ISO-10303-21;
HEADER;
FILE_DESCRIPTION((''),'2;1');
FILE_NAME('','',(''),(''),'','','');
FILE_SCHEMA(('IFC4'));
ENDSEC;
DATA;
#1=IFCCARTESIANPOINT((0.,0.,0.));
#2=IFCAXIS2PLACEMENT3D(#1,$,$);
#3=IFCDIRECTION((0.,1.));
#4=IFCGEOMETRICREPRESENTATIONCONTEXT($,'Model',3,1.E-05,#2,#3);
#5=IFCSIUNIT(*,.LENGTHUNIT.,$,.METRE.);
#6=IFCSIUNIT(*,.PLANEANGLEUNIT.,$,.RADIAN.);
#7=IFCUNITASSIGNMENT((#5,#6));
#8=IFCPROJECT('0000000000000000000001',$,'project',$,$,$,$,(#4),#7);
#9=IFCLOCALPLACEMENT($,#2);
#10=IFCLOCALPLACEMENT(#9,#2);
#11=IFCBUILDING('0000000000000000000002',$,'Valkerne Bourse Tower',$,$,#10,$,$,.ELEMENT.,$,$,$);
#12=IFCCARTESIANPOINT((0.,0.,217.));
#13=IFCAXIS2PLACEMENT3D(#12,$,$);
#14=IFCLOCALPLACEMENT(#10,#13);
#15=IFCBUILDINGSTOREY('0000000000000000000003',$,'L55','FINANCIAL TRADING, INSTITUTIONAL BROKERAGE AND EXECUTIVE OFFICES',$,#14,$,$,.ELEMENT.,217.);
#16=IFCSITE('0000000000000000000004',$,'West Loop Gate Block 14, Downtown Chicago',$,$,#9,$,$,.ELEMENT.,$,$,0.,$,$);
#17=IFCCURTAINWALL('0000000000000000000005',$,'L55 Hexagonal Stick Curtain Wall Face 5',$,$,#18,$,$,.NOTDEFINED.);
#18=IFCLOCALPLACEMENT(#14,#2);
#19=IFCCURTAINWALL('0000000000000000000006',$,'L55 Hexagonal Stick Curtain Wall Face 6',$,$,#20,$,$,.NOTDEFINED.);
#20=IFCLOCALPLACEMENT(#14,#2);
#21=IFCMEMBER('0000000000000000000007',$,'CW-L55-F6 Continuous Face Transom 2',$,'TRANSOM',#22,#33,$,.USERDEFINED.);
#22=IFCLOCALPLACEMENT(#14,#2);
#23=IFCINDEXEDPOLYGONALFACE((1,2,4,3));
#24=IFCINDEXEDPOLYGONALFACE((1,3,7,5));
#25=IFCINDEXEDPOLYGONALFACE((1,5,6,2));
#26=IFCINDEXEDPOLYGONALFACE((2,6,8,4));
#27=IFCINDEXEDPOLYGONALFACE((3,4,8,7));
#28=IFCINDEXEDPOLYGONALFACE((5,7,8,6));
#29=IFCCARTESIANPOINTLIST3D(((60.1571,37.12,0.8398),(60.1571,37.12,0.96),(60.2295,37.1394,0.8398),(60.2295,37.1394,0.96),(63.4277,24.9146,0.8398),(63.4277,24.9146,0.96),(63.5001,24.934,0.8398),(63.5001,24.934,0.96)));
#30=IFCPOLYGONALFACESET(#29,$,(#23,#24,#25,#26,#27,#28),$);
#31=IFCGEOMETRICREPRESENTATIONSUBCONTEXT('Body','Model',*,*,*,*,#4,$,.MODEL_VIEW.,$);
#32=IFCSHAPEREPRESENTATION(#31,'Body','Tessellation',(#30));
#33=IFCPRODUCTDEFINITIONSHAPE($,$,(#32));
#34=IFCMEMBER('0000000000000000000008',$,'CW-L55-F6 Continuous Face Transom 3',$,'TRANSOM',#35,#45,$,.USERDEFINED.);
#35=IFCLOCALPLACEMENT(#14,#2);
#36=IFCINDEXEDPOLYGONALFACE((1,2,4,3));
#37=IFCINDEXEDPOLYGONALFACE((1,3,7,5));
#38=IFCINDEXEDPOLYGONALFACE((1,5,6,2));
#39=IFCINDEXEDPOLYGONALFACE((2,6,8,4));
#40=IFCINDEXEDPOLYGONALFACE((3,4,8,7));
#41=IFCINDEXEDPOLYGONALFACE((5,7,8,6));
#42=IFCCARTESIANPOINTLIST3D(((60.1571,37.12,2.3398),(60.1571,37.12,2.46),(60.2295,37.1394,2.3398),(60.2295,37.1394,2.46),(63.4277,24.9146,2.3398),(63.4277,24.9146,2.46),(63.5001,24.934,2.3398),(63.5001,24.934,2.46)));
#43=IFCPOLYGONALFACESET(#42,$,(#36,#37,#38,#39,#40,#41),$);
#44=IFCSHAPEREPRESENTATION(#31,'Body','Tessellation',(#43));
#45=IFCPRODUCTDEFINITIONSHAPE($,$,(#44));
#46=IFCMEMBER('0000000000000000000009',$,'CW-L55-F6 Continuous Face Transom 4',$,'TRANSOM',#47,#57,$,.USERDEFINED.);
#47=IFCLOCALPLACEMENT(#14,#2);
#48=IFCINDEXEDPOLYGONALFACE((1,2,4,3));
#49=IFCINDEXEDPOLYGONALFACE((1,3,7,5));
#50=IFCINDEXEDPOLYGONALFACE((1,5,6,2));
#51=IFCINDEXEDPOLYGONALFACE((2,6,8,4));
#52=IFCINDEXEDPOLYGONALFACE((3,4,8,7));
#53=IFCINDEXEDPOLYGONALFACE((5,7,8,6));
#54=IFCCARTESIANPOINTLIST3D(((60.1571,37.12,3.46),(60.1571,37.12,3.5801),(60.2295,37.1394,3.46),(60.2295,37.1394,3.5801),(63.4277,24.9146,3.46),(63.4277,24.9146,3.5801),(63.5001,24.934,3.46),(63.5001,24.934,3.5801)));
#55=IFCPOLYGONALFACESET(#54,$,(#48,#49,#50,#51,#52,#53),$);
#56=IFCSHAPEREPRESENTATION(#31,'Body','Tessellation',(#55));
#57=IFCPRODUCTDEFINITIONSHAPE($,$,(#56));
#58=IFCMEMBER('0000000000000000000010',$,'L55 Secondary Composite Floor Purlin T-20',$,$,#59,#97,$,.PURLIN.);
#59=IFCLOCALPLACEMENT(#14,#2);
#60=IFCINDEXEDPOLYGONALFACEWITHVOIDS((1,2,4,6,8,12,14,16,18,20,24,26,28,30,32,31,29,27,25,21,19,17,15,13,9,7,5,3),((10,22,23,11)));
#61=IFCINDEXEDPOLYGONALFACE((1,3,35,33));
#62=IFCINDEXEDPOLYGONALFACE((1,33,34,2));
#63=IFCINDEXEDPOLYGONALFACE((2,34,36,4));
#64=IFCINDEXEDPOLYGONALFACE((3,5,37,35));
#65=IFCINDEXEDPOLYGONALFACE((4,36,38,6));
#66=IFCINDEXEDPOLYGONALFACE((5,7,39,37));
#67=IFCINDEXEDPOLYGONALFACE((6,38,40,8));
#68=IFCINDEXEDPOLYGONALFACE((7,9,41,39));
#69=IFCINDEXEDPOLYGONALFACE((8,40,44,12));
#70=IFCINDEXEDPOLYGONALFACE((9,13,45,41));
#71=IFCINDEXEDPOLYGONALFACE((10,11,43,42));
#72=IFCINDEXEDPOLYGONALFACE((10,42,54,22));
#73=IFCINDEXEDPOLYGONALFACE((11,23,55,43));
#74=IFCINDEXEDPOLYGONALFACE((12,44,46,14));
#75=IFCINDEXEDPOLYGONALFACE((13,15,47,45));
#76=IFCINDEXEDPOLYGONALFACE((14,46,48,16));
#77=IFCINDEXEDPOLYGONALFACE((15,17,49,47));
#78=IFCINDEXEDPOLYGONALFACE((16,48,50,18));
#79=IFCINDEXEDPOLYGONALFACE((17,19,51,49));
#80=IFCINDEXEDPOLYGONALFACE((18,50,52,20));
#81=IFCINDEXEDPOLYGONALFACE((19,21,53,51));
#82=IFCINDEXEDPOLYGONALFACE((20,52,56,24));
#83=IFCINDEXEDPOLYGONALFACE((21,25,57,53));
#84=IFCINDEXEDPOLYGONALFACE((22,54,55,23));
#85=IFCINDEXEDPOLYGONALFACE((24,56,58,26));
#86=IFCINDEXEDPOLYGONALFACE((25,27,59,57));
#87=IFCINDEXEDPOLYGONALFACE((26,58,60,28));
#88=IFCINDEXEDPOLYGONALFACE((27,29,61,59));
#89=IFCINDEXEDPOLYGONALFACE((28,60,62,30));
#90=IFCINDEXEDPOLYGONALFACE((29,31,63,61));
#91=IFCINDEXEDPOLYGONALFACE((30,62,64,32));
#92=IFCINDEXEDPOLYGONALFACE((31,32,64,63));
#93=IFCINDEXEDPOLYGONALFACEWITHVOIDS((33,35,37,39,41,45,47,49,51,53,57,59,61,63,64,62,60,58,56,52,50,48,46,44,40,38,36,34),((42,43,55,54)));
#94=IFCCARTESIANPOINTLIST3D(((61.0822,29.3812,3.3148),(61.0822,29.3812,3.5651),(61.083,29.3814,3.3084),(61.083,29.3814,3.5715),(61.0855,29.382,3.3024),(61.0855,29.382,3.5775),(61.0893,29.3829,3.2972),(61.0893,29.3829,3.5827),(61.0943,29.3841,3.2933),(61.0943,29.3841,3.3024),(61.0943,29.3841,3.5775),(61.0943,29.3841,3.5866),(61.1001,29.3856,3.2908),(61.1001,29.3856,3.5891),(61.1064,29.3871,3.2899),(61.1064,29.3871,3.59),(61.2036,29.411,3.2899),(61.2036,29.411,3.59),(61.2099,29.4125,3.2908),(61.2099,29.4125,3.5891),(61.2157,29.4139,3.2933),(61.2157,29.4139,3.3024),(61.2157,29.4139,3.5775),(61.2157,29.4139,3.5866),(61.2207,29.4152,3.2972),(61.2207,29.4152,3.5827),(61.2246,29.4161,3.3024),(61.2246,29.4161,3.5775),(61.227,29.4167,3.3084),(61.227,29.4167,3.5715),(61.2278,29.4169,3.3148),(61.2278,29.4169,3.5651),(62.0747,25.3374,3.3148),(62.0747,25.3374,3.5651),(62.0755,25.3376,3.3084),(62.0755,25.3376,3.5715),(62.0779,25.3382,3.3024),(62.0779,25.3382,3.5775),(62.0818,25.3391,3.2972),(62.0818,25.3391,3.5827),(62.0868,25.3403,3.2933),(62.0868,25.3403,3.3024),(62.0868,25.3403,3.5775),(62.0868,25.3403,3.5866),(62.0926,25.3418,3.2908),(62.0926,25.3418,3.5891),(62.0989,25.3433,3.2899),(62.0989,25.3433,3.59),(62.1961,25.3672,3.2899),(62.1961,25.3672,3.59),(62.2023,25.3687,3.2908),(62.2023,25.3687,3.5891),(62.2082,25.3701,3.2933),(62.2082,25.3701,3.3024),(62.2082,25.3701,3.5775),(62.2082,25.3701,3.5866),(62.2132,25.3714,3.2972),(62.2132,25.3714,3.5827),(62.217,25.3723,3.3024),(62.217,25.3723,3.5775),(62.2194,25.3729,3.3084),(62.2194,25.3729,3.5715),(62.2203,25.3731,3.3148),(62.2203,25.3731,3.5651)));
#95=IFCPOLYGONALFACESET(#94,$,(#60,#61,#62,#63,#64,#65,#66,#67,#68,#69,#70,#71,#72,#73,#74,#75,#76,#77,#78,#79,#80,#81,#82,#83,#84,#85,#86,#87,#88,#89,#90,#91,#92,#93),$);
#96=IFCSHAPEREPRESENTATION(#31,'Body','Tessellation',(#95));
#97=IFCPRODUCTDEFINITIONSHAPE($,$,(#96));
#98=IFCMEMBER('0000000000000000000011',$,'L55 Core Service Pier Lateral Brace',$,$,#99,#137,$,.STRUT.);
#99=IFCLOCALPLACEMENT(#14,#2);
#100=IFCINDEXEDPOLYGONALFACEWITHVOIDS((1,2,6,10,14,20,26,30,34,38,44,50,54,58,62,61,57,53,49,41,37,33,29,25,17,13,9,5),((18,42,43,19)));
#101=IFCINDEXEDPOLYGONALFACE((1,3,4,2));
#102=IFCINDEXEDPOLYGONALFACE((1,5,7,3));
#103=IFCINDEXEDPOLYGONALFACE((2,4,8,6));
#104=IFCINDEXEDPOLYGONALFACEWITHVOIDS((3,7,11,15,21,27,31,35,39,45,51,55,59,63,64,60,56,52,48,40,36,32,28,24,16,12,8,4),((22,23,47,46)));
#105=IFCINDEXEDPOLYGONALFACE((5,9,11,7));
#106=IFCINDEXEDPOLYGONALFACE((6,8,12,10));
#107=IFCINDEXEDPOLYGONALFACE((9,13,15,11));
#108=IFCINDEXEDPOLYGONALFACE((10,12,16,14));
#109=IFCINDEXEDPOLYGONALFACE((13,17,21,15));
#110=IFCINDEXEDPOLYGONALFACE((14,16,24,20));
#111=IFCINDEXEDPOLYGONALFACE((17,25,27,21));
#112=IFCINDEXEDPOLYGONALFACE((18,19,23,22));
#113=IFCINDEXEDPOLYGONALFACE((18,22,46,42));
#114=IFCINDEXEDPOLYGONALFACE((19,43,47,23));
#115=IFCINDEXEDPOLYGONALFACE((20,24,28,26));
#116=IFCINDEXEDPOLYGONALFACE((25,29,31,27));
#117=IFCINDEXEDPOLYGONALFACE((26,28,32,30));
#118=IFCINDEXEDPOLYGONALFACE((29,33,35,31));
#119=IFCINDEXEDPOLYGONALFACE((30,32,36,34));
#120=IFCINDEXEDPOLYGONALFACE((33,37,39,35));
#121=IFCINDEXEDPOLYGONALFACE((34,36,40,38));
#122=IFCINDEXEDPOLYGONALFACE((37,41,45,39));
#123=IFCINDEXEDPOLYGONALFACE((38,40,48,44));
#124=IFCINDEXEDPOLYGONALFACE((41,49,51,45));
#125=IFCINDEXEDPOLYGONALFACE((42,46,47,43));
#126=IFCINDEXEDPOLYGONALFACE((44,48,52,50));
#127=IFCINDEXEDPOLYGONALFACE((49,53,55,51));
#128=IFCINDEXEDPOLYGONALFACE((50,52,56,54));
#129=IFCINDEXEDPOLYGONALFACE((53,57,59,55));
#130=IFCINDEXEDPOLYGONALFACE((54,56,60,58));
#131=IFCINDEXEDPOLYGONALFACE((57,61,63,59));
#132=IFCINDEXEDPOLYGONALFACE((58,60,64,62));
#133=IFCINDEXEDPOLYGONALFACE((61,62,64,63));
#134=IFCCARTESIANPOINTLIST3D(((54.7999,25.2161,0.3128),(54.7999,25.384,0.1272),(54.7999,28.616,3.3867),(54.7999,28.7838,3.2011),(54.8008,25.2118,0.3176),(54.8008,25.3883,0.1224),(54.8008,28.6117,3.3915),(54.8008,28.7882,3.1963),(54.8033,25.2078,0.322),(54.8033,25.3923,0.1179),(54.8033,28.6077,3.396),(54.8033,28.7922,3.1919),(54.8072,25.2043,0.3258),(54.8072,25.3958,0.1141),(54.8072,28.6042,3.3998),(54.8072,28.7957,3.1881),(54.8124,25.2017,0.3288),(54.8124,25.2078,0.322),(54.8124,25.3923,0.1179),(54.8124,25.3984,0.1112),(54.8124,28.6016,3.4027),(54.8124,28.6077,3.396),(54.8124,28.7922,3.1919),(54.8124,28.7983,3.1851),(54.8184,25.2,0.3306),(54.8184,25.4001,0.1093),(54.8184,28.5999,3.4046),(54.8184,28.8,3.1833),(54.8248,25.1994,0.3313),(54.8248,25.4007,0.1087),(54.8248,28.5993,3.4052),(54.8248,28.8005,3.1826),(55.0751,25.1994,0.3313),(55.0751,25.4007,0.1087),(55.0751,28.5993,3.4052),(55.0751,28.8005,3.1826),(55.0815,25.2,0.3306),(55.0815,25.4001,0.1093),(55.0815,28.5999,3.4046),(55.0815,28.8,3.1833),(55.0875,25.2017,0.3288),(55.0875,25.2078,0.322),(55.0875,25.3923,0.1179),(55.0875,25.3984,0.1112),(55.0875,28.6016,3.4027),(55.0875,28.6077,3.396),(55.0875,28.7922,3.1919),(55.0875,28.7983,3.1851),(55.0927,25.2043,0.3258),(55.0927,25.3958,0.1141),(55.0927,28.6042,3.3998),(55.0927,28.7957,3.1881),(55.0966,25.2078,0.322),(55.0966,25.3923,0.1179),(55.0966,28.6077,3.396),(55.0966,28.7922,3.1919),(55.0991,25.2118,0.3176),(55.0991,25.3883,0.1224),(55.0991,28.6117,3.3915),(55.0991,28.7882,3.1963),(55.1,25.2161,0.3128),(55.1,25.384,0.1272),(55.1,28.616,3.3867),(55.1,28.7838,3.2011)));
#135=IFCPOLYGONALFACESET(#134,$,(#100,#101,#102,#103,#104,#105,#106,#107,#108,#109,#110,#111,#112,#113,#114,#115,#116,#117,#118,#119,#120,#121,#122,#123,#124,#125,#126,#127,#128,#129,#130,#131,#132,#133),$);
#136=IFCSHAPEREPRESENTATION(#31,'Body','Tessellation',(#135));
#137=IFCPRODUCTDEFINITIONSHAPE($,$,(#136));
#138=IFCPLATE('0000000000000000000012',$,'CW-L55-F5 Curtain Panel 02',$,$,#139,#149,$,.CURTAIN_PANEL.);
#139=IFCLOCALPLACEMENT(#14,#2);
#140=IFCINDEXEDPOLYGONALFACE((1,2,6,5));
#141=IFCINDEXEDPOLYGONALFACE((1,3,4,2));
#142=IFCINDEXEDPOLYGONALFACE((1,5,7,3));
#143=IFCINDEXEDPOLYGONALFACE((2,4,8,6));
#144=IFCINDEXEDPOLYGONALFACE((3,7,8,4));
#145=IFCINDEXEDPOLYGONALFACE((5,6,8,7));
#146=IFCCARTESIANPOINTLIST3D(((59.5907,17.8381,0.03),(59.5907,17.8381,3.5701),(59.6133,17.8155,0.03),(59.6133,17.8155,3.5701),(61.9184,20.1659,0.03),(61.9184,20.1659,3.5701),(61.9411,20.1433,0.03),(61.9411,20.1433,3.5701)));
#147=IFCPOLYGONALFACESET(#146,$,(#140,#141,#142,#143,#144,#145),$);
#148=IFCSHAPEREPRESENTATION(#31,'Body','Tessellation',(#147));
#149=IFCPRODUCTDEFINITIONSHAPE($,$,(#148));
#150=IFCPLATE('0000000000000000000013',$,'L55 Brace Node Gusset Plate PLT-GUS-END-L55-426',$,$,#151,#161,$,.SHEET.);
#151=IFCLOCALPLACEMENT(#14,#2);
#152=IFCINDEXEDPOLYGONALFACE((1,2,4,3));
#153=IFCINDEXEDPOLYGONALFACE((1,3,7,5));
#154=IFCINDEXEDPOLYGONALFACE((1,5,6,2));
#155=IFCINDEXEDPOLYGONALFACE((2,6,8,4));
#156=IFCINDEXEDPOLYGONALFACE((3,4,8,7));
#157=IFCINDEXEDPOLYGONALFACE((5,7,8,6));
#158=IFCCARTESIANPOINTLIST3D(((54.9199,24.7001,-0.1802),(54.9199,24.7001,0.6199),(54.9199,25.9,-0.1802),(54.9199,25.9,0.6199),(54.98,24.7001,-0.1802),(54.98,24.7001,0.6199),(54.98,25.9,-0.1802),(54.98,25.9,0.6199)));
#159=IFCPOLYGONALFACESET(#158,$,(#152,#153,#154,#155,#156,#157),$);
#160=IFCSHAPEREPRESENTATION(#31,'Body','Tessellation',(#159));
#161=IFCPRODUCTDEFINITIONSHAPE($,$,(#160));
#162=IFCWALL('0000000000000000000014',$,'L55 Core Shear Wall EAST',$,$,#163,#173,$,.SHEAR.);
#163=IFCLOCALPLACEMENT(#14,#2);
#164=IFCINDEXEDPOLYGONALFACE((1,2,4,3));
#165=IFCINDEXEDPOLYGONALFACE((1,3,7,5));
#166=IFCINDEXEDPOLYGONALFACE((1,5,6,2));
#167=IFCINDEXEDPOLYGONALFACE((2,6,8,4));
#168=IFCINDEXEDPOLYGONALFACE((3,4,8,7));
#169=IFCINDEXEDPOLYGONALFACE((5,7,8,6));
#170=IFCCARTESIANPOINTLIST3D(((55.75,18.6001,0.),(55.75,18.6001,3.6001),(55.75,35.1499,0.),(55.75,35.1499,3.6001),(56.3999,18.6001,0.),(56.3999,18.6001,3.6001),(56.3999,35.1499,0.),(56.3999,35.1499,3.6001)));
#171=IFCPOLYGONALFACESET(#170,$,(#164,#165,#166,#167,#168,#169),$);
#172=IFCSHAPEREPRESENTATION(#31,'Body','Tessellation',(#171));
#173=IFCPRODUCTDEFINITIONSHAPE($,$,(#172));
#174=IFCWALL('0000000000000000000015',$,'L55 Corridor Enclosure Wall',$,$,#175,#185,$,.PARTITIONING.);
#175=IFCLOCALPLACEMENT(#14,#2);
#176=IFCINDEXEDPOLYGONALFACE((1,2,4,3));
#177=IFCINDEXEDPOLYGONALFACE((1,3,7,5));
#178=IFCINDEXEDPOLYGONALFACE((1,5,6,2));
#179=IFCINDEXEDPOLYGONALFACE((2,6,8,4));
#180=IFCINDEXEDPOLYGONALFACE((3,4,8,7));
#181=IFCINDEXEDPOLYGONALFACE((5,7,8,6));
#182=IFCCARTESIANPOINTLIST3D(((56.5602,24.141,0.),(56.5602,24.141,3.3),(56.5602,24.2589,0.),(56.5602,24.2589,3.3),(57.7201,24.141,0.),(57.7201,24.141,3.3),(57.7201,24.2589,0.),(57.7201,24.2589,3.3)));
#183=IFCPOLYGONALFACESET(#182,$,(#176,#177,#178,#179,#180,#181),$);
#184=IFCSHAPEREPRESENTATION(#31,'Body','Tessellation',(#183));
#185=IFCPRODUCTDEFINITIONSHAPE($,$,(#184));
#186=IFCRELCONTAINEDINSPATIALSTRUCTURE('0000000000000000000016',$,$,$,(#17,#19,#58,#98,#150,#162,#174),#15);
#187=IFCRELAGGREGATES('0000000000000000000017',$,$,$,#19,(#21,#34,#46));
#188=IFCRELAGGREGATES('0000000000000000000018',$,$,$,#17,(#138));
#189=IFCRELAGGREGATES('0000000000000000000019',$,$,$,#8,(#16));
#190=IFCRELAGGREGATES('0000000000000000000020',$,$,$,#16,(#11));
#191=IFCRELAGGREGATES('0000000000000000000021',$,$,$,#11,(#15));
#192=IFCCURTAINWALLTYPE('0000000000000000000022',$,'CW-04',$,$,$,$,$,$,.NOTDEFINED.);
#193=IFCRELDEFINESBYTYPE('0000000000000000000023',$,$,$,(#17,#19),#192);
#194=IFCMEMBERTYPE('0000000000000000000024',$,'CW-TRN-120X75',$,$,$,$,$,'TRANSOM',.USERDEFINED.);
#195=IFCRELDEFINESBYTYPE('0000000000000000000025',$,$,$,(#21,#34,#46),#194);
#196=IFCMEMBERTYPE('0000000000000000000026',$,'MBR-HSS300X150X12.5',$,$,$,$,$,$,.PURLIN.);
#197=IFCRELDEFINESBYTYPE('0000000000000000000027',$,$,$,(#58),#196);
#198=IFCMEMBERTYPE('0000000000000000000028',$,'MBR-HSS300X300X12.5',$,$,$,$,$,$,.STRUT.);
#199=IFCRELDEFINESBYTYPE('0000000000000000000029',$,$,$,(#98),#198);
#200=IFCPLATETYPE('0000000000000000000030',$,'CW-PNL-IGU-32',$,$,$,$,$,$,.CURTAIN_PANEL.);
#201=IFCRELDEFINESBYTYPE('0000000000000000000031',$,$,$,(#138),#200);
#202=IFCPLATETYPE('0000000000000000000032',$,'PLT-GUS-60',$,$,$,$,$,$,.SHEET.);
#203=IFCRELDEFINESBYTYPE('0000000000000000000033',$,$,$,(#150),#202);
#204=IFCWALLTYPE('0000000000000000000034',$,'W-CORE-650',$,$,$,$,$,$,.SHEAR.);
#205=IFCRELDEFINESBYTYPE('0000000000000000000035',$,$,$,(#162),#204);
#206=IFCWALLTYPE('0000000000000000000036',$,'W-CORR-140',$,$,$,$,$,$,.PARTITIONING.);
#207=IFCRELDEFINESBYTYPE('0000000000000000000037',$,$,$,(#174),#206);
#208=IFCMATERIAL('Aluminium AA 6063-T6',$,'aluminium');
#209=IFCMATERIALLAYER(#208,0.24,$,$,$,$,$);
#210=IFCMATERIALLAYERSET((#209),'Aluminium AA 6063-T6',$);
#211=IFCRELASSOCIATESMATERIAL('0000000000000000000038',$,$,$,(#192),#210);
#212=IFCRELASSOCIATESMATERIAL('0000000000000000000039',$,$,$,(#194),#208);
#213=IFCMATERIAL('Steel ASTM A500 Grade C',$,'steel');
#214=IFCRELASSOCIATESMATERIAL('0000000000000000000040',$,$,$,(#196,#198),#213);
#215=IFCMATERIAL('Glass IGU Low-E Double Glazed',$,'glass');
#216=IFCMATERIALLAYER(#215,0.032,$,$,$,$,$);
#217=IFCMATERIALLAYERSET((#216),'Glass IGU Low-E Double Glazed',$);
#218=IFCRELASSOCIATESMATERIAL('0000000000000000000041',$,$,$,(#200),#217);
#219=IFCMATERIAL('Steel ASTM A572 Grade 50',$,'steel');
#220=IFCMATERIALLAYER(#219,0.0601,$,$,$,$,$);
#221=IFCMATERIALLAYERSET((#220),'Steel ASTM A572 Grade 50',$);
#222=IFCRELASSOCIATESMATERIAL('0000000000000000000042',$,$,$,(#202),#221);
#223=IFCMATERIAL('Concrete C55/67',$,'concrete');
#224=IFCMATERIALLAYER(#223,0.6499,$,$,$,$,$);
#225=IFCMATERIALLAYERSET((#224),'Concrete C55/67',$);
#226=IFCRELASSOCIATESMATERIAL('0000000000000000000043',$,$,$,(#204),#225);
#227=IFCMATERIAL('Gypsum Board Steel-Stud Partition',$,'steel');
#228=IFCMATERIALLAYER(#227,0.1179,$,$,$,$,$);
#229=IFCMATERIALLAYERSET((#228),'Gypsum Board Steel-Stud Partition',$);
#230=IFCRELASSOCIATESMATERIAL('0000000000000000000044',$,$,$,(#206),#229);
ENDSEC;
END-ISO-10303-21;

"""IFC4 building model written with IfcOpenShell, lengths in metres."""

from ifc_helpers import new_model, si_unit, direction, frame, frame_2d, origin, origin_2d, place, context, subcontext, project, spatial, rectangle, hollow_rectangle, extrude, material, layer, layer_set, material_profile, profile_set, type_object, element, aggregate, save


model = new_model("IFC4")

# Units and contexts
model_context = context("Model", 3, precision=1e-05, world=origin(), true_north=direction((0.0, 1.0)))
body_context = subcontext(model_context, "Body", "Model", "MODEL_VIEW")
ifc_project = project(units=[si_unit("LENGTHUNIT", "METRE"), si_unit("PLANEANGLEUNIT", "RADIAN")], contexts=[model_context])

# Site, building, storey
site_placement = place(None, origin())
site = spatial("IfcSite", under=ifc_project, at=site_placement, Name="West Loop Gate Block 14, Downtown Chicago", CompositionType="ELEMENT", RefElevation=0.0)
building_placement = place(site_placement, origin())
building = spatial("IfcBuilding", under=site, at=building_placement, Name="Valkerne Bourse Tower", CompositionType="ELEMENT")
storey_placement = place(building_placement, frame((0.0, 0.0, 217.0)))
storey = spatial("IfcBuildingStorey", under=building, at=storey_placement, Name="L55", Description="FINANCIAL TRADING, INSTITUTIONAL BROKERAGE AND EXECUTIVE OFFICES", CompositionType="ELEMENT", Elevation=217.0)

# Curtain wall
ifc_material_1 = material(Name="Aluminium AA 6063-T6", Category="aluminium")
ifc_layer_1 = layer(ifc_material_1, 0.24)
ifc_layer_set_1 = layer_set([ifc_layer_1], Name="Aluminium AA 6063-T6")
curtain_wall_type = type_object("IfcCurtainWallType", Name="CW-04", PredefinedType="NOTDEFINED", material=ifc_layer_set_1)
curtain_wall_1_placement = place(storey_placement, origin())
curtain_wall_1 = element("IfcCurtainWall", 1, at=curtain_wall_1_placement, inside=storey, type_object=curtain_wall_type, Name="L55 Hexagonal Stick Curtain Wall Face 5", PredefinedType="NOTDEFINED")

# Curtain wall, members
curtain_wall_2_placement = place(storey_placement, origin())
curtain_wall_2 = element("IfcCurtainWall", 2, at=curtain_wall_2_placement, inside=storey, type_object=curtain_wall_type, Name="L55 Hexagonal Stick Curtain Wall Face 6", PredefinedType="NOTDEFINED")
ifc_material_profile_1 = material_profile(ifc_material_1, rectangle(XDim=0.075, YDim=0.1201, at=origin_2d()), Name="CWT-75X120")
ifc_profile_set_1 = profile_set([ifc_material_profile_1], Name="Aluminium AA 6063-T6")
member_type_1 = type_object("IfcMemberType", Name="CW-TRN-120X75", ElementType="TRANSOM", PredefinedType="USERDEFINED", material=ifc_profile_set_1)
member_1_placement = place(storey_placement, frame((63.4639, 24.9243, 0.8999), z_axis=(-0.258827, 0.965924, 0.0), x_axis=(-0.965924, -0.258827, 0.0)))
member_1 = element("IfcMember", 3, at=member_1_placement, type_object=member_type_1, Name="CW-L55-F6 Continuous Face Transom 2", ObjectType="TRANSOM", PredefinedType="USERDEFINED", context=body_context, shape_type="SweptSolid", body=[
    extrude(rectangle(XDim=0.075, YDim=0.1201, at=origin_2d()), origin(), (0.0, 0.0, 1.0), 12.636),
])
member_2_placement = place(storey_placement, frame((63.4639, 24.9243, 2.3999), z_axis=(-0.258827, 0.965924, 0.0), x_axis=(-0.965924, -0.258827, 0.0)))
member_2 = element("IfcMember", 4, at=member_2_placement, type_object=member_type_1, Name="CW-L55-F6 Continuous Face Transom 3", ObjectType="TRANSOM", PredefinedType="USERDEFINED", context=body_context, shape_type="SweptSolid", body=[
    extrude(rectangle(XDim=0.075, YDim=0.1201, at=origin_2d()), origin(), (0.0, 0.0, 1.0), 12.636),
])
member_3_placement = place(storey_placement, frame((63.4639, 24.9243, 3.52), z_axis=(-0.258827, 0.965924, 0.0), x_axis=(-0.965924, -0.258827, 0.0)))
member_3 = element("IfcMember", 5, at=member_3_placement, type_object=member_type_1, Name="CW-L55-F6 Continuous Face Transom 4", ObjectType="TRANSOM", PredefinedType="USERDEFINED", context=body_context, shape_type="SweptSolid", body=[
    extrude(rectangle(XDim=0.075, YDim=0.1201, at=origin_2d()), origin(), (0.0, 0.0, 1.0), 12.636),
])
aggregate(curtain_wall_2, [member_1, member_2, member_3])

# Members
ifc_material_2 = material(Name="Steel ASTM A500 Grade C", Category="steel")
ifc_material_profile_2 = material_profile(ifc_material_2, hollow_rectangle(XDim=0.1499, YDim=0.3, WallThickness=0.0125, OuterFilletRadius=0.0249, at=origin_2d()), Name="HSS300X150X12.5")
ifc_profile_set_2 = profile_set([ifc_material_profile_2], Name="Steel ASTM A500 Grade C")
member_type_2 = type_object("IfcMemberType", Name="MBR-HSS300X150X12.5", PredefinedType="PURLIN", material=ifc_profile_set_2)
member_4_placement = place(storey_placement, frame((62.1475, 25.3552, 3.4399), z_axis=(-0.238353, 0.971179, 0.0), x_axis=(-0.971179, -0.238353, 0.0)))
element("IfcMember", 6, at=member_4_placement, inside=storey, type_object=member_type_2, Name="L55 Secondary Composite Floor Purlin T-20", PredefinedType="PURLIN", context=body_context, shape_type="SweptSolid", body=[
    extrude(hollow_rectangle(XDim=0.1499, YDim=0.3, WallThickness=0.0125, OuterFilletRadius=0.0249, at=origin_2d()), origin(), (0.0, 0.0, 1.0), 4.1638),
])
ifc_material_profile_3 = material_profile(ifc_material_2, hollow_rectangle(XDim=0.3, YDim=0.3, WallThickness=0.0125, OuterFilletRadius=0.0249, at=origin_2d()), Name="HSS300X300X12.5")
ifc_profile_set_3 = profile_set([ifc_material_profile_3], Name="Steel ASTM A500 Grade C")
member_type_3 = type_object("IfcMemberType", Name="MBR-HSS300X300X12.5", PredefinedType="STRUT", material=ifc_profile_set_3)
member_5_placement = place(storey_placement, frame((54.95, 25.3, 0.22), z_axis=(0.0, 0.741767, 0.670658), x_axis=(-1.0, 0.0, 0.0)))
element("IfcMember", 7, at=member_5_placement, inside=storey, type_object=member_type_3, Name="L55 Core Service Pier Lateral Brace", PredefinedType="STRUT", context=body_context, shape_type="SweptSolid", body=[
    extrude(hollow_rectangle(XDim=0.3, YDim=0.3, WallThickness=0.0125, OuterFilletRadius=0.0249, at=origin_2d()), origin(), (0.0, 0.0, 1.0), 4.5835),
])

# Plates
ifc_material_3 = material(Name="Glass IGU Low-E Double Glazed", Category="glass")
ifc_layer_2 = layer(ifc_material_3, 0.032)
ifc_layer_set_2 = layer_set([ifc_layer_2], Name="Glass IGU Low-E Double Glazed")
plate_type_1 = type_object("IfcPlateType", Name="CW-PNL-IGU-32", PredefinedType="CURTAIN_PANEL", material=ifc_layer_set_2)
plate_1_placement = place(storey_placement, frame((60.7659, 18.9907, 0.03), z_axis=(0.0, 0.0, 1.0), x_axis=(0.707095, 0.707119, 0.0)))
plate_1 = element("IfcPlate", 8, at=plate_1_placement, type_object=plate_type_1, Name="CW-L55-F5 Curtain Panel 02", PredefinedType="CURTAIN_PANEL", context=body_context, shape_type="SweptSolid", body=[
    extrude(rectangle(XDim=3.292, YDim=0.032, at=origin_2d()), origin(), (0.0, 0.0, 1.0), 3.54),
])
aggregate(curtain_wall_1, [plate_1])
ifc_material_4 = material(Name="Steel ASTM A572 Grade 50", Category="steel")
ifc_layer_3 = layer(ifc_material_4, 0.0601)
ifc_layer_set_3 = layer_set([ifc_layer_3], Name="Steel ASTM A572 Grade 50")
plate_type_2 = type_object("IfcPlateType", Name="PLT-GUS-60", PredefinedType="SHEET", material=ifc_layer_set_3)
plate_2_placement = place(storey_placement, frame((54.95, 25.3, -0.1802), z_axis=(0.0, 0.0, 1.0), x_axis=(0.0, 1.0, 0.0)))
element("IfcPlate", 9, at=plate_2_placement, inside=storey, type_object=plate_type_2, Name="L55 Brace Node Gusset Plate PLT-GUS-END-L55-426", PredefinedType="SHEET", context=body_context, shape_type="SweptSolid", body=[
    extrude(rectangle(XDim=1.2, YDim=0.0601, at=origin_2d()), origin(), (0.0, 0.0, 1.0), 0.8),
])

# Walls
ifc_material_5 = material(Name="Concrete C55/67", Category="concrete")
ifc_layer_4 = layer(ifc_material_5, 0.6499)
ifc_layer_set_4 = layer_set([ifc_layer_4], Name="Concrete C55/67")
wall_type_1 = type_object("IfcWallType", Name="W-CORE-650", PredefinedType="SHEAR", material=ifc_layer_set_4)
wall_1_placement = place(storey_placement, frame((56.075, 18.6001, 0.0), z_axis=(0.0, 0.0, 1.0), x_axis=(0.0, 1.0, 0.0)))
element("IfcWall", 10, at=wall_1_placement, inside=storey, type_object=wall_type_1, Name="L55 Core Shear Wall EAST", PredefinedType="SHEAR", context=body_context, shape_type="SweptSolid", body=[
    extrude(rectangle(XDim=16.5498, YDim=0.6499, at=frame_2d((8.2749, 0.0))), origin(), (0.0, 0.0, 1.0), 3.6001),
])
ifc_material_6 = material(Name="Gypsum Board Steel-Stud Partition", Category="steel")
ifc_layer_5 = layer(ifc_material_6, 0.1179)
ifc_layer_set_5 = layer_set([ifc_layer_5], Name="Gypsum Board Steel-Stud Partition")
wall_type_2 = type_object("IfcWallType", Name="W-CORR-140", PredefinedType="PARTITIONING", material=ifc_layer_set_5)
wall_2_placement = place(storey_placement, frame((56.5601, 24.2, 0.0), z_axis=(0.0, 0.0, 1.0), x_axis=(1.0, 0.0, 0.0)))
element("IfcWall", 11, at=wall_2_placement, inside=storey, type_object=wall_type_2, Name="L55 Corridor Enclosure Wall", PredefinedType="PARTITIONING", context=body_context, shape_type="SweptSolid", body=[
    extrude(rectangle(XDim=1.1599, YDim=0.1179, at=frame_2d((0.5801, 0.0))), origin(), (0.0, 0.0, 1.0), 3.3),
])

save(model, "model.ifc")
